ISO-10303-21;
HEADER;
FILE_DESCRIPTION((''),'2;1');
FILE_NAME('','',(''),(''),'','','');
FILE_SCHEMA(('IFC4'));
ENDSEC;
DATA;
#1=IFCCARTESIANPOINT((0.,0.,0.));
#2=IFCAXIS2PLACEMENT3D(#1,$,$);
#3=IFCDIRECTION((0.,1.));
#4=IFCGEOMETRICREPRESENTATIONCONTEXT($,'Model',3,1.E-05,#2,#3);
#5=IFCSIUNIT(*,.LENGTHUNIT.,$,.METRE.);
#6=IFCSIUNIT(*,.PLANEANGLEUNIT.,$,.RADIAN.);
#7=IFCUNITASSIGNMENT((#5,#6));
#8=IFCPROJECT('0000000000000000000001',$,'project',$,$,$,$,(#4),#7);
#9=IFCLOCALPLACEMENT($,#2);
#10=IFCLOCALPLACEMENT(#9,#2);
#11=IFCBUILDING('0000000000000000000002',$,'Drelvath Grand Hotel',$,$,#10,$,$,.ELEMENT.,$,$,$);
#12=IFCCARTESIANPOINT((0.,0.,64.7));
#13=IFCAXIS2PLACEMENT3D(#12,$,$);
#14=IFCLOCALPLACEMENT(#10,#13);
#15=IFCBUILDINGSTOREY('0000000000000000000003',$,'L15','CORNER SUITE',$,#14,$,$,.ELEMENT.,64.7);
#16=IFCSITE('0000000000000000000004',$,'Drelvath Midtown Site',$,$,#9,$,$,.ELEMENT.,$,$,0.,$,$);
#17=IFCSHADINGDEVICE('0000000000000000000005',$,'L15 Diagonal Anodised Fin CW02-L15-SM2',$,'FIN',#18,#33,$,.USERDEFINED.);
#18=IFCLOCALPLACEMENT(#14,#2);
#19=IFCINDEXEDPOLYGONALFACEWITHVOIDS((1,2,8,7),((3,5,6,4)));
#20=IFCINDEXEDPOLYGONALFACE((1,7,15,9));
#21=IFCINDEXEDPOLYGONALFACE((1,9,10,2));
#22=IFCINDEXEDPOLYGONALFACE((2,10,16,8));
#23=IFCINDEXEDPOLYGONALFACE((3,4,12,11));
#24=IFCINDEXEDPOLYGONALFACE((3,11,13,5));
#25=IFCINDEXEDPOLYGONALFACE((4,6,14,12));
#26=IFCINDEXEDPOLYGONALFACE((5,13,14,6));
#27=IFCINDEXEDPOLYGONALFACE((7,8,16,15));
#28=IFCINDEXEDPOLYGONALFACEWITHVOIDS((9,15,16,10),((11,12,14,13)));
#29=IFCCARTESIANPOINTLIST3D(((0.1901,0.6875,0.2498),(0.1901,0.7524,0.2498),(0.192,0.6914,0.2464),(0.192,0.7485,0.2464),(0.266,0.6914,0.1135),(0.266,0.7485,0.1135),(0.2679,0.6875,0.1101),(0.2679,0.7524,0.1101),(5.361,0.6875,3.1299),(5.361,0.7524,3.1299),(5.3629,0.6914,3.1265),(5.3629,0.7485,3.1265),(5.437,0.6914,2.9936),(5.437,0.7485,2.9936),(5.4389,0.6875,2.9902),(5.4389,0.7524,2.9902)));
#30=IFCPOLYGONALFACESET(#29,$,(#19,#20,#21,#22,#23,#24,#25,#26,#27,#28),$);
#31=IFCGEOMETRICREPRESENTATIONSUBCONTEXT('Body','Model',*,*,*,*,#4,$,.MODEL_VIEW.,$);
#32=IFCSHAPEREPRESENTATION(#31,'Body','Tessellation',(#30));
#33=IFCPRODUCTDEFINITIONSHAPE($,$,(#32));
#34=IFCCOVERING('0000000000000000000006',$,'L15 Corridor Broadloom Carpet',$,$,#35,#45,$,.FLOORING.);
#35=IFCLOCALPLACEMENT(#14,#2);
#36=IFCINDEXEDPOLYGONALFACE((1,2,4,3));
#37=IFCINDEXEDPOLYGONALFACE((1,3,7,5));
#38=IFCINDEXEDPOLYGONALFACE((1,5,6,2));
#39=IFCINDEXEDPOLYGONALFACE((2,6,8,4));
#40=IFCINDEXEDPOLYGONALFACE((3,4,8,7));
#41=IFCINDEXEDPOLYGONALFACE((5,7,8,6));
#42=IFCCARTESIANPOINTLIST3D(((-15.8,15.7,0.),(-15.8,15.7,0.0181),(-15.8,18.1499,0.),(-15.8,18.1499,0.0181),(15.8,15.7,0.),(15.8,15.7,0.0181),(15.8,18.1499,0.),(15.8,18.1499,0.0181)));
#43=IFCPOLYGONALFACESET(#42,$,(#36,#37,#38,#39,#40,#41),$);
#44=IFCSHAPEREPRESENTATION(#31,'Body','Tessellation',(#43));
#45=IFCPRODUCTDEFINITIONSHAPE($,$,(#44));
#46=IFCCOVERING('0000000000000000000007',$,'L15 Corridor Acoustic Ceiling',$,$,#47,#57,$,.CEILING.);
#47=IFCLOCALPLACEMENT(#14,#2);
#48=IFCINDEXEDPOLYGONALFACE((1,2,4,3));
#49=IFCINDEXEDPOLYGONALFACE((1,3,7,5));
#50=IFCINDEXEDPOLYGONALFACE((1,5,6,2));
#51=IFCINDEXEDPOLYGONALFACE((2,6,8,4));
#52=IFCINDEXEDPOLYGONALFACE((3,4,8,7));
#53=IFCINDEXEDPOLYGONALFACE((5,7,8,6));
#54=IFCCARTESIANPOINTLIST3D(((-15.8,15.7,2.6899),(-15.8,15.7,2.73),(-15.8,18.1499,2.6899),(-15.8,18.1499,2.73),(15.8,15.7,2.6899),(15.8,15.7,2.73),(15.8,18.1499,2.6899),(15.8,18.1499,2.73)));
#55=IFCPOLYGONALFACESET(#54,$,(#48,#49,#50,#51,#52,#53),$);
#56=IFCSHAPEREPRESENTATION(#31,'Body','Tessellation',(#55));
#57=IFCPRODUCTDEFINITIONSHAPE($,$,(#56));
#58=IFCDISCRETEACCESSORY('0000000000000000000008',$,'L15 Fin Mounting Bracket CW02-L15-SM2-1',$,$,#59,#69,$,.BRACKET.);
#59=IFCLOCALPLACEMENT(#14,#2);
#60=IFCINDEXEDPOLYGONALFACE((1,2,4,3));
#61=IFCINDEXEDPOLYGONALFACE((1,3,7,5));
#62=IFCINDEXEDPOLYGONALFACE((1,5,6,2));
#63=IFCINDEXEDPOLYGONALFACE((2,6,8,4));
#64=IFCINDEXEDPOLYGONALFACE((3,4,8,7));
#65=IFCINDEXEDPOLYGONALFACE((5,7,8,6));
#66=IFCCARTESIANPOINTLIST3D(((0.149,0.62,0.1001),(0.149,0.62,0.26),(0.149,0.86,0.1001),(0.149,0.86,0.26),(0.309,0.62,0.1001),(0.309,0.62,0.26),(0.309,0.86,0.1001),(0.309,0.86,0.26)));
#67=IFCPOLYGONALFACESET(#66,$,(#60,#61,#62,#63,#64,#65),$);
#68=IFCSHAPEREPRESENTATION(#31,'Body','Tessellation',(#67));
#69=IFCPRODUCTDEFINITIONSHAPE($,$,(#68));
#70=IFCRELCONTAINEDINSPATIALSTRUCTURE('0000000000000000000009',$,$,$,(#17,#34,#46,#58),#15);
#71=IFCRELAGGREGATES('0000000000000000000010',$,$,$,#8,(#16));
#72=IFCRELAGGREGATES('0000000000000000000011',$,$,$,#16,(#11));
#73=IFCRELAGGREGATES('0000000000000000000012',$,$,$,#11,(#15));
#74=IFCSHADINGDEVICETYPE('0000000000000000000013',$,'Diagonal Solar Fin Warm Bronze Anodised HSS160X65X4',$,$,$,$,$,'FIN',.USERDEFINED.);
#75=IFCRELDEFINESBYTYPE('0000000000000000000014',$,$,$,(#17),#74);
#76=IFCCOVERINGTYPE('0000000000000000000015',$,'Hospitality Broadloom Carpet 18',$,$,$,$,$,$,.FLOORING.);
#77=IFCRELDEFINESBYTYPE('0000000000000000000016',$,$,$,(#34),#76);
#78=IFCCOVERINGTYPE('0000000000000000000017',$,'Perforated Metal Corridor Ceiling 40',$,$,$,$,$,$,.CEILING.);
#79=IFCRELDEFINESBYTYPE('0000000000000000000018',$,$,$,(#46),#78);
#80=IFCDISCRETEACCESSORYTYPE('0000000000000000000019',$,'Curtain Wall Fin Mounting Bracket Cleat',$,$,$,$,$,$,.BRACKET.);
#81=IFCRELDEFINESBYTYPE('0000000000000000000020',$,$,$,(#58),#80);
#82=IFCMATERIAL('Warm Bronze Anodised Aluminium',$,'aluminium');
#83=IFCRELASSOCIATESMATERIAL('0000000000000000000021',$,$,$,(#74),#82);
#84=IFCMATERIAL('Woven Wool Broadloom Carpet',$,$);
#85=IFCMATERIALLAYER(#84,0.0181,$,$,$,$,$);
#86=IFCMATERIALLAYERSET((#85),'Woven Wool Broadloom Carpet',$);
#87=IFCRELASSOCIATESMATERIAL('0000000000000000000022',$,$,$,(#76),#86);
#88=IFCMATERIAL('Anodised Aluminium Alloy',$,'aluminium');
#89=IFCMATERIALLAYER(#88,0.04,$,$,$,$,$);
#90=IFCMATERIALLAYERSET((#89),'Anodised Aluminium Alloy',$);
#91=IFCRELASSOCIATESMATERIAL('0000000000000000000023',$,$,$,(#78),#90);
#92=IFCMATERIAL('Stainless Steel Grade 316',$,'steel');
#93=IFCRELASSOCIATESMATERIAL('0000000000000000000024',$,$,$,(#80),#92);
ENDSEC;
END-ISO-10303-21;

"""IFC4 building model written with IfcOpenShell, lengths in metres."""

from ifc_helpers import new_model, si_unit, direction, frame, origin, origin_2d, place, context, subcontext, project, spatial, polyline, rectangle, hollow_rectangle, outline, extrude, material, layer, layer_set, material_profile, profile_set, type_object, element, save


model = new_model("IFC4")

# Units and contexts
model_context = context("Model", 3, precision=1e-05, world=origin(), true_north=direction((0.0, 1.0)))
body_context = subcontext(model_context, "Body", "Model", "MODEL_VIEW")
ifc_project = project(units=[si_unit("LENGTHUNIT", "METRE"), si_unit("PLANEANGLEUNIT", "RADIAN")], contexts=[model_context])

# Site, building, storey
site_placement = place(None, origin())
site = spatial("IfcSite", under=ifc_project, at=site_placement, Name="Drelvath Midtown Site", CompositionType="ELEMENT", RefElevation=0.0)
building_placement = place(site_placement, origin())
building = spatial("IfcBuilding", under=site, at=building_placement, Name="Drelvath Grand Hotel", CompositionType="ELEMENT")
storey_placement = place(building_placement, frame((0.0, 0.0, 64.7)))
storey = spatial("IfcBuildingStorey", under=building, at=storey_placement, Name="L15", Description="CORNER SUITE", CompositionType="ELEMENT", Elevation=64.7)

# Shading device
ifc_material_1 = material(Name="Warm Bronze Anodised Aluminium", Category="aluminium")
ifc_material_profile_1 = material_profile(ifc_material_1, hollow_rectangle(XDim=0.0649, YDim=0.1599, WallThickness=0.0039, at=origin_2d()), Name="HSS160X65X4")
ifc_profile_set_1 = profile_set([ifc_material_profile_1], Name="Warm Bronze Anodised Aluminium")
shading_device_type = type_object("IfcShadingDeviceType", Name="Diagonal Solar Fin Warm Bronze Anodised HSS160X65X4", ElementType="FIN", PredefinedType="USERDEFINED", material=ifc_profile_set_1)
shading_device_placement = place(storey_placement, frame((0.229, 0.72, 0.1799), z_axis=(0.873626, 0.0, 0.486599), x_axis=(0.0, 1.0, 0.0)))
element("IfcShadingDevice", 1, at=shading_device_placement, inside=storey, type_object=shading_device_type, Name="L15 Diagonal Anodised Fin CW02-L15-SM2", ObjectType="FIN", PredefinedType="USERDEFINED", context=body_context, shape_type="SweptSolid", body=[
    extrude(hollow_rectangle(XDim=0.0649, YDim=0.1599, WallThickness=0.0039, at=origin_2d()), origin(), (0.0, 0.0, 1.0), 5.9189),
])

# Coverings
ifc_material_2 = material(Name="Woven Wool Broadloom Carpet")
ifc_layer_1 = layer(ifc_material_2, 0.0181)
ifc_layer_set_1 = layer_set([ifc_layer_1], Name="Woven Wool Broadloom Carpet")
covering_type_1 = type_object("IfcCoveringType", Name="Hospitality Broadloom Carpet 18", PredefinedType="FLOORING", material=ifc_layer_set_1)
covering_1_placement = place(storey_placement, origin())
element("IfcCovering", 2, at=covering_1_placement, inside=storey, type_object=covering_type_1, Name="L15 Corridor Broadloom Carpet", PredefinedType="FLOORING", context=body_context, shape_type="SweptSolid", body=[
    extrude(outline(polyline([(15.8, 15.7), (15.8, 18.1499), (-15.8, 18.1499), (-15.8, 15.7), (15.8, 15.7)])), origin(), (0.0, 0.0, 1.0), 0.0181),
])
ifc_material_3 = material(Name="Anodised Aluminium Alloy", Category="aluminium")
ifc_layer_2 = layer(ifc_material_3, 0.04)
ifc_layer_set_2 = layer_set([ifc_layer_2], Name="Anodised Aluminium Alloy")
covering_type_2 = type_object("IfcCoveringType", Name="Perforated Metal Corridor Ceiling 40", PredefinedType="CEILING", material=ifc_layer_set_2)
covering_2_placement = place(storey_placement, frame((0.0, 0.0, 2.6899)))
element("IfcCovering", 3, at=covering_2_placement, inside=storey, type_object=covering_type_2, Name="L15 Corridor Acoustic Ceiling", PredefinedType="CEILING", context=body_context, shape_type="SweptSolid", body=[
    extrude(outline(polyline([(15.8, 15.7), (15.8, 18.1499), (-15.8, 18.1499), (-15.8, 15.7), (15.8, 15.7)])), origin(), (0.0, 0.0, 1.0), 0.04),
])

# Discrete accessory
ifc_material_4 = material(Name="Stainless Steel Grade 316", Category="steel")
discrete_accessory_type = type_object("IfcDiscreteAccessoryType", Name="Curtain Wall Fin Mounting Bracket Cleat", PredefinedType="BRACKET", material=ifc_material_4)
discrete_accessory_placement = place(storey_placement, frame((0.229, 0.74, 0.1001), z_axis=(0.0, 0.0, 1.0), x_axis=(-1.0, 0.0, 0.0)))
element("IfcDiscreteAccessory", 4, at=discrete_accessory_placement, inside=storey, type_object=discrete_accessory_type, Name="L15 Fin Mounting Bracket CW02-L15-SM2-1", PredefinedType="BRACKET", context=body_context, shape_type="SweptSolid", body=[
    extrude(rectangle(XDim=0.1599, YDim=0.24, at=origin_2d()), origin(), (0.0, 0.0, 1.0), 0.1599),
])

save(model, "model.ifc")
